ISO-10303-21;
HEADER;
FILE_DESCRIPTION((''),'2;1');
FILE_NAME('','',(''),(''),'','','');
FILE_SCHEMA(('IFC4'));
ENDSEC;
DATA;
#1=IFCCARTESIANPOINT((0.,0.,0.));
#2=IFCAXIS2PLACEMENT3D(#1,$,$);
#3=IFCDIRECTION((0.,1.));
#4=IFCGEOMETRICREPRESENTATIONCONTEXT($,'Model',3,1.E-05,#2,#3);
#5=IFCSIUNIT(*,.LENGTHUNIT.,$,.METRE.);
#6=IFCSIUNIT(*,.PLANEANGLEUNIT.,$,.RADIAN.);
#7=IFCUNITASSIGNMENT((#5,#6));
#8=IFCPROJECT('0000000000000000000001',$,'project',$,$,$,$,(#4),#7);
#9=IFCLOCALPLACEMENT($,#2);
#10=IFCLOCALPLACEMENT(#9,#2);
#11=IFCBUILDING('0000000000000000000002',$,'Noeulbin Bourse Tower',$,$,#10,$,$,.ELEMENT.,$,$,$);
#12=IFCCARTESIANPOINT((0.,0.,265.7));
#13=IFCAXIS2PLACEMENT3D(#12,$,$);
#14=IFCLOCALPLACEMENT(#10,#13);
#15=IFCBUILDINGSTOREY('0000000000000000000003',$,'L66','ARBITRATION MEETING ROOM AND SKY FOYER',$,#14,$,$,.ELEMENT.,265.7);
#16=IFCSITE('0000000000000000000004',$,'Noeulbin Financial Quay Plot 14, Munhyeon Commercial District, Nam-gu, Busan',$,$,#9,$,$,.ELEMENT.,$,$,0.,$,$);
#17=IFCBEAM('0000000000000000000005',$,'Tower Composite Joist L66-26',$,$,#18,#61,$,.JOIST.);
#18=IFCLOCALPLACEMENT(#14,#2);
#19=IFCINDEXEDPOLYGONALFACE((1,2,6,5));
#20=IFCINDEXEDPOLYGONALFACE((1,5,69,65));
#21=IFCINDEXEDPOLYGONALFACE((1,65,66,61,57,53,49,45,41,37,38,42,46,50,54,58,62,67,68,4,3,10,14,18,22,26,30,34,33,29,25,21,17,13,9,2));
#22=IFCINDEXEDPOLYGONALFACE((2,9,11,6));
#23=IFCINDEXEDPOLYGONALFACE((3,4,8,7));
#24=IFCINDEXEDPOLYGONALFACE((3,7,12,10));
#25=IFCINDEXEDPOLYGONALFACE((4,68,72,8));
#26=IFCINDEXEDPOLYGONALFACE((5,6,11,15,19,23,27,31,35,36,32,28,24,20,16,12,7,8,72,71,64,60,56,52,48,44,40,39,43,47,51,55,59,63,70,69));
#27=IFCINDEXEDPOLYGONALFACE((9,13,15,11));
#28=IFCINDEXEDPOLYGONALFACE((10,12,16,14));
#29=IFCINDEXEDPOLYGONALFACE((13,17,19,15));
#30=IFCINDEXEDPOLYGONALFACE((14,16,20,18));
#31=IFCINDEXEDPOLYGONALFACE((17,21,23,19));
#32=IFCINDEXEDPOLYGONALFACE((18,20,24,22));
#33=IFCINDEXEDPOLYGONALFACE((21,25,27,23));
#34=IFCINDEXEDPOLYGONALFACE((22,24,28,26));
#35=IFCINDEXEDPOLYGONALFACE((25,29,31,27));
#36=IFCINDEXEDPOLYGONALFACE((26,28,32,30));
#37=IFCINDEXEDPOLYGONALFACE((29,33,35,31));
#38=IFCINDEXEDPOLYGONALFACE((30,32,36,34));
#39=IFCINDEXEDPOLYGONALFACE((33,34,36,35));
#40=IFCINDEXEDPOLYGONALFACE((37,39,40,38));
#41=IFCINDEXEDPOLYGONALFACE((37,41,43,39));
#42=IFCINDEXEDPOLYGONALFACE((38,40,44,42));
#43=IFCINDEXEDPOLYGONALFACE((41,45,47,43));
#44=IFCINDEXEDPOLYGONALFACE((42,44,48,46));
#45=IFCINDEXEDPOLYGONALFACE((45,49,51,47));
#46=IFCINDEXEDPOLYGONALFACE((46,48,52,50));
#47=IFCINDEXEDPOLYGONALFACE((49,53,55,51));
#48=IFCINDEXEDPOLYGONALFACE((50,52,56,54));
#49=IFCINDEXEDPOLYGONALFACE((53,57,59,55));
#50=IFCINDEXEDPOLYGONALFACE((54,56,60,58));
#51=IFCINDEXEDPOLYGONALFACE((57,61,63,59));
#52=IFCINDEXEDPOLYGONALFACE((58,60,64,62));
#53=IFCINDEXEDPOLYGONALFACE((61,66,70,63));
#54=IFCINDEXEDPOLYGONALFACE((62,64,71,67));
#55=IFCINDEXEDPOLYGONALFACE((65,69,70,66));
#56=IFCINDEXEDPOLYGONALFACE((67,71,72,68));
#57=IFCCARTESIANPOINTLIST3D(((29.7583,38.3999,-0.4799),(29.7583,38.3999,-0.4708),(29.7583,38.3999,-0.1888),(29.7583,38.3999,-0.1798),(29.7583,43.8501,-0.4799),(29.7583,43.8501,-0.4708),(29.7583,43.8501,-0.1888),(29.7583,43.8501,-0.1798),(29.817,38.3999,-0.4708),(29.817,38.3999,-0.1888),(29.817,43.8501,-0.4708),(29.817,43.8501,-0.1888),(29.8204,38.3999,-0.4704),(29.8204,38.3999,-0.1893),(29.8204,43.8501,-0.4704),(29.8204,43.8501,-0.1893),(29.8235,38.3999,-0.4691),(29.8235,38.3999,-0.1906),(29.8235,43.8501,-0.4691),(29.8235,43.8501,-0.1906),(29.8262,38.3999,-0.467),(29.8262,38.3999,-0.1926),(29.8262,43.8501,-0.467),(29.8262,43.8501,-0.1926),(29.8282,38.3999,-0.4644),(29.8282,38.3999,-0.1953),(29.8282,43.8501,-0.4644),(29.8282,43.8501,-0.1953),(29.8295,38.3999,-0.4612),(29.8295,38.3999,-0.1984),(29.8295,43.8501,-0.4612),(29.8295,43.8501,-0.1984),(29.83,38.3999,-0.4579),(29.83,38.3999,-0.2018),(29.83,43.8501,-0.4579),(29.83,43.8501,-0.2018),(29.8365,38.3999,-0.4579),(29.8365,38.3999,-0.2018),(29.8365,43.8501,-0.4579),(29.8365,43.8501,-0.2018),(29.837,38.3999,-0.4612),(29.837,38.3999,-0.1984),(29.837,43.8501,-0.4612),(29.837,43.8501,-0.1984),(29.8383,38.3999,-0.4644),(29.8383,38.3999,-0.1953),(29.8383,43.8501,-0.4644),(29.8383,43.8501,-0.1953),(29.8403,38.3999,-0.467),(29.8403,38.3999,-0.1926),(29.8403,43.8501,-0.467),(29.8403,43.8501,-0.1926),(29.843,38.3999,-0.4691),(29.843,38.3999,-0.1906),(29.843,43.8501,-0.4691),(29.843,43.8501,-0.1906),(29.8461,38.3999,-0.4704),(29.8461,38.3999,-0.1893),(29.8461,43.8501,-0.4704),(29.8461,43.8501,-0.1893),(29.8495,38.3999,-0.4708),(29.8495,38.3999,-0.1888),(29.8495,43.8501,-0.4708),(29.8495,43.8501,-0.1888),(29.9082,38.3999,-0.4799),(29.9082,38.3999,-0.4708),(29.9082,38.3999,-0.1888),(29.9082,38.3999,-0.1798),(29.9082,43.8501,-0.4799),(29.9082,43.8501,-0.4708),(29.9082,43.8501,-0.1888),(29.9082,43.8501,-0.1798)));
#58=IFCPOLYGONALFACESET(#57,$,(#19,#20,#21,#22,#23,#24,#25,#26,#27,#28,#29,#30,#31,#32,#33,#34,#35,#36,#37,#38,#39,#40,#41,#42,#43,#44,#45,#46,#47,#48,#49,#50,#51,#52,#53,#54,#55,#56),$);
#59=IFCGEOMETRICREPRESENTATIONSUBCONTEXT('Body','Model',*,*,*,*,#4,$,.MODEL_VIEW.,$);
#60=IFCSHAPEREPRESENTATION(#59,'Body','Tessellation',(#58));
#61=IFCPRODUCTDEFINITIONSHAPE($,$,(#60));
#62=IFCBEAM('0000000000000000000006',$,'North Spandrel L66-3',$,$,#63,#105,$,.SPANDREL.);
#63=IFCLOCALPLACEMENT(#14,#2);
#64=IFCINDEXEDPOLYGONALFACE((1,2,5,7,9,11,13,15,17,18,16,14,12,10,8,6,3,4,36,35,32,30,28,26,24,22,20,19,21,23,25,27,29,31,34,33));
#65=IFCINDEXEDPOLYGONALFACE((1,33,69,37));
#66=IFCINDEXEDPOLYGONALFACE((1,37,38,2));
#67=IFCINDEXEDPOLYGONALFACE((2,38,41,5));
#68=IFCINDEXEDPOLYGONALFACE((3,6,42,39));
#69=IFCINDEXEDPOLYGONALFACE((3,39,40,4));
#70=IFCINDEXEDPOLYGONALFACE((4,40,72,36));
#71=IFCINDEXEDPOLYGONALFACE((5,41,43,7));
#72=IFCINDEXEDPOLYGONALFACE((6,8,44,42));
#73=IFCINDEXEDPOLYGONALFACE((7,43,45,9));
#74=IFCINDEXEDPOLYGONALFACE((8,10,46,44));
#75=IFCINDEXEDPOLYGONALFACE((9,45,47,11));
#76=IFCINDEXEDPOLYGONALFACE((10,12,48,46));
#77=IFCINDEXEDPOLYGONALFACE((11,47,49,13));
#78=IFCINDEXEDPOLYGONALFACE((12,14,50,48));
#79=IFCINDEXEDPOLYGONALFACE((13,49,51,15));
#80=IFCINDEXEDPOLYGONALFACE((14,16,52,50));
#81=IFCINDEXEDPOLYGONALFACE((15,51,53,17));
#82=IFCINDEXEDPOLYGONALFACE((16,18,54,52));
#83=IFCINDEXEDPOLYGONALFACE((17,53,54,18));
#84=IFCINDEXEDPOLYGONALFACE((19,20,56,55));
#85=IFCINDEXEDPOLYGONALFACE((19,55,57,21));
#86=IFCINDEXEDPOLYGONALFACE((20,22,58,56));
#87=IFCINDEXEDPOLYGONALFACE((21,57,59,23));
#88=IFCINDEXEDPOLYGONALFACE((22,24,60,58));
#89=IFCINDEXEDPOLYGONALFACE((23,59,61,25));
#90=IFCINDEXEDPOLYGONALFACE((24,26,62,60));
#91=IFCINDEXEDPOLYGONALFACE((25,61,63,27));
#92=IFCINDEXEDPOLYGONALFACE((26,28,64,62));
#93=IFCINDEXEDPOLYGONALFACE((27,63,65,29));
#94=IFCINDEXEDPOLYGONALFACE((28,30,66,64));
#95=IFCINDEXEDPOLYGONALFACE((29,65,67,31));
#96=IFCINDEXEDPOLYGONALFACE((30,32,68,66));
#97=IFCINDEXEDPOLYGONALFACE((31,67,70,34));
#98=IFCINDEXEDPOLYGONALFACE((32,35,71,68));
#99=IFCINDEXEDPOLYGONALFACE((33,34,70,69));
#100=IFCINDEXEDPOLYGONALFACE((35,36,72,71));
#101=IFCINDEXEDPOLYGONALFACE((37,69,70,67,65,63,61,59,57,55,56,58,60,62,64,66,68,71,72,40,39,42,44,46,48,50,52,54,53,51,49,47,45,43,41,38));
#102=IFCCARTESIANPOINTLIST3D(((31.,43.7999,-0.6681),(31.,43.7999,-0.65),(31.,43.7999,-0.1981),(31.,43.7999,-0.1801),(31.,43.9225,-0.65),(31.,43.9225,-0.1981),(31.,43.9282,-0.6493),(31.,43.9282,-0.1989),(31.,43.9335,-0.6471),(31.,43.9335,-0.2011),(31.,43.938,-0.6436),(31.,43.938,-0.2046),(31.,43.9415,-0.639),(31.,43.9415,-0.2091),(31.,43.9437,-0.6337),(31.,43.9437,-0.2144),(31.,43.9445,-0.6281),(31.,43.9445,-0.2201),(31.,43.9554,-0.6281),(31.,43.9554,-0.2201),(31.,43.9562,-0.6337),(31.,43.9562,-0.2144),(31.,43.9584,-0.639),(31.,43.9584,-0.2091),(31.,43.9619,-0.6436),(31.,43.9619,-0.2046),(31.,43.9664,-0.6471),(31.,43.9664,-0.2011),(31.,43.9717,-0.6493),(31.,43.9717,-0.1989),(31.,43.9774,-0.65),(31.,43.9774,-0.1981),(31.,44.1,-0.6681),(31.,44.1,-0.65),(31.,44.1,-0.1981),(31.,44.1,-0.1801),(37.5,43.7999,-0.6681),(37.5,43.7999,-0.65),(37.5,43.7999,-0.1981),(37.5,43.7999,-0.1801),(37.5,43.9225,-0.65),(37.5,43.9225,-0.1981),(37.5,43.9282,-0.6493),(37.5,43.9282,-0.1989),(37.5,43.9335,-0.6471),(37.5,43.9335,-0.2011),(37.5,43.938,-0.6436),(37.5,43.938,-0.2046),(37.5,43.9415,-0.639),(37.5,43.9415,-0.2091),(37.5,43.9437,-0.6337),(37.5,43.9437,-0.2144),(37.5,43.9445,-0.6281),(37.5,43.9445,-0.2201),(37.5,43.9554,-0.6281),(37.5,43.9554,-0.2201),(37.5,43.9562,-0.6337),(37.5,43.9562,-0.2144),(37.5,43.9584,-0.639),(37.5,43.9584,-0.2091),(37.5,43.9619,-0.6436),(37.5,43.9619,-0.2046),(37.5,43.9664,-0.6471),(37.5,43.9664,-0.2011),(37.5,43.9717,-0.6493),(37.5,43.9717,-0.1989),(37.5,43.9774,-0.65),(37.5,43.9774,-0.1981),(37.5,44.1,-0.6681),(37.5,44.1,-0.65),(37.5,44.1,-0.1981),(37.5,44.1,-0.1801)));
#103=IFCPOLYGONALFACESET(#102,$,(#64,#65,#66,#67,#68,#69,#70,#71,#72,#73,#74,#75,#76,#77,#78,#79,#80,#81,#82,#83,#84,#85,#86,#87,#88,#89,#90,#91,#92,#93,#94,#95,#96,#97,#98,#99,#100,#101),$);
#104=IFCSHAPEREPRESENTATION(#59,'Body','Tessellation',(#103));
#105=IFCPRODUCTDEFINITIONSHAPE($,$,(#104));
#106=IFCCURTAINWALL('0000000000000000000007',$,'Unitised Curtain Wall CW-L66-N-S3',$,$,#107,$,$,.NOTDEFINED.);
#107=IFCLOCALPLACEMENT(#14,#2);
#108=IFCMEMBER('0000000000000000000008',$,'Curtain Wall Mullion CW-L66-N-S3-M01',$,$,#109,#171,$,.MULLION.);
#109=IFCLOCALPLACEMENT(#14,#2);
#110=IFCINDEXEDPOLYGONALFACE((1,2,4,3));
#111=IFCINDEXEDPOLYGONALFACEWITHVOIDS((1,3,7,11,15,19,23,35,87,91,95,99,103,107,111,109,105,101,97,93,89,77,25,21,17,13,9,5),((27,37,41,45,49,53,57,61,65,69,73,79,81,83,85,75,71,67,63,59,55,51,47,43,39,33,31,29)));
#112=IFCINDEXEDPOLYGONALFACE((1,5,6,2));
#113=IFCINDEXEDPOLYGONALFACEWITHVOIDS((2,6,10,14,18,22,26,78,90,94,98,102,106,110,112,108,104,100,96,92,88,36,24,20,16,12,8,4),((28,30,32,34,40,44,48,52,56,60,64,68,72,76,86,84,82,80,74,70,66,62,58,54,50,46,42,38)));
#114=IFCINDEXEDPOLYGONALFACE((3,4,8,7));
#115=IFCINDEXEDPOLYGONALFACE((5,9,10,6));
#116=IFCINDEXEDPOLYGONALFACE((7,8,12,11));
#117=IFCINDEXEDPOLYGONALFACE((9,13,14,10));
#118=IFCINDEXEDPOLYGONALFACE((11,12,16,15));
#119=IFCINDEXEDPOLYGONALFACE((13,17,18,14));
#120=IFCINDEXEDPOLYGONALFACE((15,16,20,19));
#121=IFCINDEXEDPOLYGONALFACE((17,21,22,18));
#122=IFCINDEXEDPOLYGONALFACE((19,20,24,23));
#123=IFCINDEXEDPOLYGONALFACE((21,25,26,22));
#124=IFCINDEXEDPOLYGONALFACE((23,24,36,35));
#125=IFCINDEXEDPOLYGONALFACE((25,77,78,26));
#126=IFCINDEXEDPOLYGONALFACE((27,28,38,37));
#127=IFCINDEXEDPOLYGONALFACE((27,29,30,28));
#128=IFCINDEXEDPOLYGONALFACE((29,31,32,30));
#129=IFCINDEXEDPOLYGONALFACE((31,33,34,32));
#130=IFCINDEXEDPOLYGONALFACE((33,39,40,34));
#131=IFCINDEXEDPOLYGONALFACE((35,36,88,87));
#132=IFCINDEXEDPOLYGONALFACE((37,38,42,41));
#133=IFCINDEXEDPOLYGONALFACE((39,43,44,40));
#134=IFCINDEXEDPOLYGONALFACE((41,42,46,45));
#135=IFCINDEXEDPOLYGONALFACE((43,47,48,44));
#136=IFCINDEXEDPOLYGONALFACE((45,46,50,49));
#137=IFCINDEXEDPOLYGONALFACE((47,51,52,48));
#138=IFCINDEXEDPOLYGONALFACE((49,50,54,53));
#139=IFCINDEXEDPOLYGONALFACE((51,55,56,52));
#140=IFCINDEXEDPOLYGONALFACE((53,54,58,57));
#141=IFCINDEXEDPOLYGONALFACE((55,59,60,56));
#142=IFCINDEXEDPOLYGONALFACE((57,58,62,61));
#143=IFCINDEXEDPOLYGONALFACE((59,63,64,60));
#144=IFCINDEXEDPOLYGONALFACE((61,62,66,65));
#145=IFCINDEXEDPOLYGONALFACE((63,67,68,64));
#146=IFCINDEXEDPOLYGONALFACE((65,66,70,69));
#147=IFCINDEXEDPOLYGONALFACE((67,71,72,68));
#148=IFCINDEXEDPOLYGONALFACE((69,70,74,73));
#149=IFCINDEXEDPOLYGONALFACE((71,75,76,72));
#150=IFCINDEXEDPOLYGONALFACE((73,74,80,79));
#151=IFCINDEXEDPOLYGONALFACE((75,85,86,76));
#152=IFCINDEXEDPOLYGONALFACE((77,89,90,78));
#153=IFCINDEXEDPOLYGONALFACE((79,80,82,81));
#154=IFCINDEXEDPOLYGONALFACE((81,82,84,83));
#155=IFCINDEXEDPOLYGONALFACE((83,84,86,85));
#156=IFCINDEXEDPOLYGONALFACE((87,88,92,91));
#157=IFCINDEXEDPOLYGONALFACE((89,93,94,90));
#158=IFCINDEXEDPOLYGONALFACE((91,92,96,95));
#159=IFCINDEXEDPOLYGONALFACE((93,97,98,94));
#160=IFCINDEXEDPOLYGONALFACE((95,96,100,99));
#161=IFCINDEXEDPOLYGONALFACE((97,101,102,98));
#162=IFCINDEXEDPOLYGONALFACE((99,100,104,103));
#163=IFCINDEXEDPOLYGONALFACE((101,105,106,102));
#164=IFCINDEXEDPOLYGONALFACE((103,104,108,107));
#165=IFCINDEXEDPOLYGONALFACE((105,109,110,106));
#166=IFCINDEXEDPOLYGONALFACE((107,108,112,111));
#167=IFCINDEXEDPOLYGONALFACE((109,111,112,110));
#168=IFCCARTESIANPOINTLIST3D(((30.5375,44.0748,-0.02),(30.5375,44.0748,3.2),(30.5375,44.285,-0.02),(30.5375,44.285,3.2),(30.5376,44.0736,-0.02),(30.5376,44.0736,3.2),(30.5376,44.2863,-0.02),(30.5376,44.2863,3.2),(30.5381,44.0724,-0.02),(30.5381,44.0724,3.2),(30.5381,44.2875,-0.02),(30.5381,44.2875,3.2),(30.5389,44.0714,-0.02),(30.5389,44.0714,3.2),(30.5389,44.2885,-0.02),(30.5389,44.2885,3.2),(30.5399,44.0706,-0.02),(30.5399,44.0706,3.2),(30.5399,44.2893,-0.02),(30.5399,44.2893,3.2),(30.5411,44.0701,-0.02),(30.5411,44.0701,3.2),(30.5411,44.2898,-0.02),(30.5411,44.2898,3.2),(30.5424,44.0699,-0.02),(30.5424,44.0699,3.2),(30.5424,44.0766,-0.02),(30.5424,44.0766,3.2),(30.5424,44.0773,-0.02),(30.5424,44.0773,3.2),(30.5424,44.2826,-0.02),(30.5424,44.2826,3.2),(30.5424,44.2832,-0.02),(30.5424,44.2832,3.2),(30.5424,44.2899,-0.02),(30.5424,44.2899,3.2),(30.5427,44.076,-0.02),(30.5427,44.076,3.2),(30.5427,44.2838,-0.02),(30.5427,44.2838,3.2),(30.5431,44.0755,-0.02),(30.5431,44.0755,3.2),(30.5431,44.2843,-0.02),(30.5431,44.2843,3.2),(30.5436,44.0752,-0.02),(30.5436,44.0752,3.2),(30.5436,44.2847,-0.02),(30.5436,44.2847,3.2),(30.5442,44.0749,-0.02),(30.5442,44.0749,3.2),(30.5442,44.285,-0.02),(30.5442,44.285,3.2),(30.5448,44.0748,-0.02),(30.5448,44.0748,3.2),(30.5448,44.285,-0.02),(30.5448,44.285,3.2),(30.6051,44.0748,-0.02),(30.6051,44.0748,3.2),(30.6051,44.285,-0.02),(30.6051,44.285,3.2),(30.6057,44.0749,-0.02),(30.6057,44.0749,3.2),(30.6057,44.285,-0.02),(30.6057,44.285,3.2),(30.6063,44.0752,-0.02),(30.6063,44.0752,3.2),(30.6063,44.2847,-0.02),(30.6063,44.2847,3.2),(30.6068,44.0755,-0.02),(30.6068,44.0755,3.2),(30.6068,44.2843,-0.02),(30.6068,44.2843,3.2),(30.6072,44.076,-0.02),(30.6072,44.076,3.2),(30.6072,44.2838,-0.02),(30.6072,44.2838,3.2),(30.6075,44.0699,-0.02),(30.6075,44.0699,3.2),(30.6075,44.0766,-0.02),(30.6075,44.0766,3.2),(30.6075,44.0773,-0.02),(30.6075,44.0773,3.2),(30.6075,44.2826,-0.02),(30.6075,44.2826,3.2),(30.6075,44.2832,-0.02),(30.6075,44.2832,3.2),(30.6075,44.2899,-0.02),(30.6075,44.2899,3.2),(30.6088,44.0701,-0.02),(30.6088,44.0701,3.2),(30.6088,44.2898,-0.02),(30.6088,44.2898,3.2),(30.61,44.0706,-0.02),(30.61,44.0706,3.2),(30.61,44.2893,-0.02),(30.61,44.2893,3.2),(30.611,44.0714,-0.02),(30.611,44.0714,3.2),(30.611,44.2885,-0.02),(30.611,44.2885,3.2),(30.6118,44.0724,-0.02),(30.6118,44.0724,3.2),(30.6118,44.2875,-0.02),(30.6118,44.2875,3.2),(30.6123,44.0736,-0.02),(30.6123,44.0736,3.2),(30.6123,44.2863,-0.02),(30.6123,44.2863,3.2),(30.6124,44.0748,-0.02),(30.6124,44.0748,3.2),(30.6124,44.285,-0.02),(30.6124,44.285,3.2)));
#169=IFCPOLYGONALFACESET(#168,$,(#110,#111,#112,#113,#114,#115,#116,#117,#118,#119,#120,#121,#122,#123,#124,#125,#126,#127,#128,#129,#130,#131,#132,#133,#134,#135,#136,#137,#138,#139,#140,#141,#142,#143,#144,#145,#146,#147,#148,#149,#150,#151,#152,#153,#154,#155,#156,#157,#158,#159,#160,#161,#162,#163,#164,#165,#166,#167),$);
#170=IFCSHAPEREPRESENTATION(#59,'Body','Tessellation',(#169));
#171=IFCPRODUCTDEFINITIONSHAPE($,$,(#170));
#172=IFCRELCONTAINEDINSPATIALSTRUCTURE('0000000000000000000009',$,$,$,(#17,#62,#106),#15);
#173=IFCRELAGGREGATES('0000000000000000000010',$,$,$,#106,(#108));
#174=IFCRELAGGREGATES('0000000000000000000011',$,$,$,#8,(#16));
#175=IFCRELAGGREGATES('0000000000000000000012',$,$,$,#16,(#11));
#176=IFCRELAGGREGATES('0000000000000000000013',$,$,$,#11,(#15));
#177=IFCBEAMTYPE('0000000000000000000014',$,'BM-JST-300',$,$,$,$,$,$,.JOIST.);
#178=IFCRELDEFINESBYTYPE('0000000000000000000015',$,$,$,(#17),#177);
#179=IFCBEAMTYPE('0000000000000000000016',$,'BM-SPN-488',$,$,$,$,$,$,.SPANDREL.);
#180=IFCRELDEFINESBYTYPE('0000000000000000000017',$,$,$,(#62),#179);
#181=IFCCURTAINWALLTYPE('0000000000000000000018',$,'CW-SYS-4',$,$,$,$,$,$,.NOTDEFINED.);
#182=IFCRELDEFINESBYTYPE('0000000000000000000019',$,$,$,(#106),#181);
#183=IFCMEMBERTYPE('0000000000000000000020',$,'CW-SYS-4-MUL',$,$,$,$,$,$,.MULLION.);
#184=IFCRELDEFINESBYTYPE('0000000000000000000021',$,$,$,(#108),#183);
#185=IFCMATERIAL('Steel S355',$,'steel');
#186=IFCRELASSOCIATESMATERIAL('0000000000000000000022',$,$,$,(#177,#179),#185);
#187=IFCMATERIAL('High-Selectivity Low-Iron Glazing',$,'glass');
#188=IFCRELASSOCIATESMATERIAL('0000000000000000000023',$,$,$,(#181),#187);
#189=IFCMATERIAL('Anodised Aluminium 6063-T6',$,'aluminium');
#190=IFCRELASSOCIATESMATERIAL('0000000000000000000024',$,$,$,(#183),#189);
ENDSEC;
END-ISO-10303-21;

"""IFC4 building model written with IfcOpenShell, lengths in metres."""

from ifc_helpers import new_model, si_unit, direction, frame, origin, origin_2d, place, context, subcontext, project, spatial, hollow_rectangle, i_section, extrude, material, material_profile, profile_set, type_object, element, aggregate, save


model = new_model("IFC4")

# Units and contexts
model_context = context("Model", 3, precision=1e-05, world=origin(), true_north=direction((0.0, 1.0)))
body_context = subcontext(model_context, "Body", "Model", "MODEL_VIEW")
ifc_project = project(units=[si_unit("LENGTHUNIT", "METRE"), si_unit("PLANEANGLEUNIT", "RADIAN")], contexts=[model_context])

# Site, building, storey
site_placement = place(None, origin())
site = spatial("IfcSite", under=ifc_project, at=site_placement, Name="Noeulbin Financial Quay Plot 14, Munhyeon Commercial District, Nam-gu, Busan", CompositionType="ELEMENT", RefElevation=0.0)
building_placement = place(site_placement, origin())
building = spatial("IfcBuilding", under=site, at=building_placement, Name="Noeulbin Bourse Tower", CompositionType="ELEMENT")
storey_placement = place(building_placement, frame((0.0, 0.0, 265.7)))
storey = spatial("IfcBuildingStorey", under=building, at=storey_placement, Name="L66", Description="ARBITRATION MEETING ROOM AND SKY FOYER", CompositionType="ELEMENT", Elevation=265.7)

# Shared definitions
ifc_material_1 = material(Name="Steel S355", Category="steel")

# Beams
ifc_material_profile_1 = material_profile(ifc_material_1, i_section(OverallWidth=0.1499, OverallDepth=0.3, WebThickness=0.0066, FlangeThickness=0.009, FilletRadius=0.0129, at=origin_2d()), Name="H-300x150x6.5x9", Category="LoadBearing")
ifc_profile_set_1 = profile_set([ifc_material_profile_1], Name="Steel S355")
beam_type_1 = type_object("IfcBeamType", Name="BM-JST-300", PredefinedType="JOIST", material=ifc_profile_set_1)
for number, where, z_axis, x_axis, name in (
    (1, (29.8333, 38.3999, -0.3298), (0.0, 1.0, 0.0), (-1.0, 0.0, 0.0), "Tower Composite Joist L66-26"),
):
    element("IfcBeam", number, at=place(storey_placement, frame(where, z_axis=z_axis, x_axis=x_axis)), inside=storey, type_object=beam_type_1, Name=name, PredefinedType="JOIST", context=body_context, shape_type="SweptSolid", body=[
        extrude(i_section(OverallWidth=0.1499, OverallDepth=0.3, WebThickness=0.0066, FlangeThickness=0.009, FilletRadius=0.0129, at=origin_2d()), origin(), (0.0, 0.0, 1.0), 5.4502),
    ])
ifc_material_profile_2 = material_profile(ifc_material_1, i_section(OverallWidth=0.3, OverallDepth=0.488, WebThickness=0.011, FlangeThickness=0.0181, FilletRadius=0.022, at=origin_2d()), Name="H-488x300x11x18", Category="LoadBearing")
ifc_profile_set_2 = profile_set([ifc_material_profile_2], Name="Steel S355")
beam_type_2 = type_object("IfcBeamType", Name="BM-SPN-488", PredefinedType="SPANDREL", material=ifc_profile_set_2)
beam_1_placement = place(storey_placement, frame((31.0, 43.95, -0.4241), z_axis=(1.0, 0.0, 0.0), x_axis=(0.0, 1.0, 0.0)))
element("IfcBeam", 2, at=beam_1_placement, inside=storey, type_object=beam_type_2, Name="North Spandrel L66-3", PredefinedType="SPANDREL", context=body_context, shape_type="SweptSolid", body=[
    extrude(i_section(OverallWidth=0.3, OverallDepth=0.488, WebThickness=0.011, FlangeThickness=0.0181, FilletRadius=0.022, at=origin_2d()), origin(), (0.0, 0.0, 1.0), 6.5),
])

# Curtain wall, member
ifc_material_2 = material(Name="High-Selectivity Low-Iron Glazing", Category="glass")
curtain_wall_type = type_object("IfcCurtainWallType", Name="CW-SYS-4", PredefinedType="NOTDEFINED", material=ifc_material_2)
curtain_wall_1_placement = place(storey_placement, origin())
curtain_wall_1 = element("IfcCurtainWall", 3, at=curtain_wall_1_placement, inside=storey, type_object=curtain_wall_type, Name="Unitised Curtain Wall CW-L66-N-S3", PredefinedType="NOTDEFINED")
ifc_material_3 = material(Name="Anodised Aluminium 6063-T6", Category="aluminium")
ifc_material_profile_3 = material_profile(ifc_material_3, hollow_rectangle(XDim=0.075, YDim=0.22, WallThickness=0.0049, InnerFilletRadius=0.0024, OuterFilletRadius=0.0049, at=origin_2d()), Name="ALU-MULL-75x220x5", Category="LoadBearing")
ifc_profile_set_3 = profile_set([ifc_material_profile_3], Name="Anodised Aluminium 6063-T6")
member_type_1 = type_object("IfcMemberType", Name="CW-SYS-4-MUL", PredefinedType="MULLION", material=ifc_profile_set_3)
member_1_placement = place(storey_placement, frame((30.575, 44.1799, -0.02), z_axis=(0.0, 0.0, 1.0), x_axis=(1.0, 0.0, 0.0)))
member_1 = element("IfcMember", 4, at=member_1_placement, type_object=member_type_1, Name="Curtain Wall Mullion CW-L66-N-S3-M01", PredefinedType="MULLION", context=body_context, shape_type="SweptSolid", body=[
    extrude(hollow_rectangle(XDim=0.075, YDim=0.22, WallThickness=0.0049, InnerFilletRadius=0.0024, OuterFilletRadius=0.0049, at=origin_2d()), origin(), (0.0, 0.0, 1.0), 3.22),
])

aggregate(curtain_wall_1, [member_1])

save(model, "model.ifc")
